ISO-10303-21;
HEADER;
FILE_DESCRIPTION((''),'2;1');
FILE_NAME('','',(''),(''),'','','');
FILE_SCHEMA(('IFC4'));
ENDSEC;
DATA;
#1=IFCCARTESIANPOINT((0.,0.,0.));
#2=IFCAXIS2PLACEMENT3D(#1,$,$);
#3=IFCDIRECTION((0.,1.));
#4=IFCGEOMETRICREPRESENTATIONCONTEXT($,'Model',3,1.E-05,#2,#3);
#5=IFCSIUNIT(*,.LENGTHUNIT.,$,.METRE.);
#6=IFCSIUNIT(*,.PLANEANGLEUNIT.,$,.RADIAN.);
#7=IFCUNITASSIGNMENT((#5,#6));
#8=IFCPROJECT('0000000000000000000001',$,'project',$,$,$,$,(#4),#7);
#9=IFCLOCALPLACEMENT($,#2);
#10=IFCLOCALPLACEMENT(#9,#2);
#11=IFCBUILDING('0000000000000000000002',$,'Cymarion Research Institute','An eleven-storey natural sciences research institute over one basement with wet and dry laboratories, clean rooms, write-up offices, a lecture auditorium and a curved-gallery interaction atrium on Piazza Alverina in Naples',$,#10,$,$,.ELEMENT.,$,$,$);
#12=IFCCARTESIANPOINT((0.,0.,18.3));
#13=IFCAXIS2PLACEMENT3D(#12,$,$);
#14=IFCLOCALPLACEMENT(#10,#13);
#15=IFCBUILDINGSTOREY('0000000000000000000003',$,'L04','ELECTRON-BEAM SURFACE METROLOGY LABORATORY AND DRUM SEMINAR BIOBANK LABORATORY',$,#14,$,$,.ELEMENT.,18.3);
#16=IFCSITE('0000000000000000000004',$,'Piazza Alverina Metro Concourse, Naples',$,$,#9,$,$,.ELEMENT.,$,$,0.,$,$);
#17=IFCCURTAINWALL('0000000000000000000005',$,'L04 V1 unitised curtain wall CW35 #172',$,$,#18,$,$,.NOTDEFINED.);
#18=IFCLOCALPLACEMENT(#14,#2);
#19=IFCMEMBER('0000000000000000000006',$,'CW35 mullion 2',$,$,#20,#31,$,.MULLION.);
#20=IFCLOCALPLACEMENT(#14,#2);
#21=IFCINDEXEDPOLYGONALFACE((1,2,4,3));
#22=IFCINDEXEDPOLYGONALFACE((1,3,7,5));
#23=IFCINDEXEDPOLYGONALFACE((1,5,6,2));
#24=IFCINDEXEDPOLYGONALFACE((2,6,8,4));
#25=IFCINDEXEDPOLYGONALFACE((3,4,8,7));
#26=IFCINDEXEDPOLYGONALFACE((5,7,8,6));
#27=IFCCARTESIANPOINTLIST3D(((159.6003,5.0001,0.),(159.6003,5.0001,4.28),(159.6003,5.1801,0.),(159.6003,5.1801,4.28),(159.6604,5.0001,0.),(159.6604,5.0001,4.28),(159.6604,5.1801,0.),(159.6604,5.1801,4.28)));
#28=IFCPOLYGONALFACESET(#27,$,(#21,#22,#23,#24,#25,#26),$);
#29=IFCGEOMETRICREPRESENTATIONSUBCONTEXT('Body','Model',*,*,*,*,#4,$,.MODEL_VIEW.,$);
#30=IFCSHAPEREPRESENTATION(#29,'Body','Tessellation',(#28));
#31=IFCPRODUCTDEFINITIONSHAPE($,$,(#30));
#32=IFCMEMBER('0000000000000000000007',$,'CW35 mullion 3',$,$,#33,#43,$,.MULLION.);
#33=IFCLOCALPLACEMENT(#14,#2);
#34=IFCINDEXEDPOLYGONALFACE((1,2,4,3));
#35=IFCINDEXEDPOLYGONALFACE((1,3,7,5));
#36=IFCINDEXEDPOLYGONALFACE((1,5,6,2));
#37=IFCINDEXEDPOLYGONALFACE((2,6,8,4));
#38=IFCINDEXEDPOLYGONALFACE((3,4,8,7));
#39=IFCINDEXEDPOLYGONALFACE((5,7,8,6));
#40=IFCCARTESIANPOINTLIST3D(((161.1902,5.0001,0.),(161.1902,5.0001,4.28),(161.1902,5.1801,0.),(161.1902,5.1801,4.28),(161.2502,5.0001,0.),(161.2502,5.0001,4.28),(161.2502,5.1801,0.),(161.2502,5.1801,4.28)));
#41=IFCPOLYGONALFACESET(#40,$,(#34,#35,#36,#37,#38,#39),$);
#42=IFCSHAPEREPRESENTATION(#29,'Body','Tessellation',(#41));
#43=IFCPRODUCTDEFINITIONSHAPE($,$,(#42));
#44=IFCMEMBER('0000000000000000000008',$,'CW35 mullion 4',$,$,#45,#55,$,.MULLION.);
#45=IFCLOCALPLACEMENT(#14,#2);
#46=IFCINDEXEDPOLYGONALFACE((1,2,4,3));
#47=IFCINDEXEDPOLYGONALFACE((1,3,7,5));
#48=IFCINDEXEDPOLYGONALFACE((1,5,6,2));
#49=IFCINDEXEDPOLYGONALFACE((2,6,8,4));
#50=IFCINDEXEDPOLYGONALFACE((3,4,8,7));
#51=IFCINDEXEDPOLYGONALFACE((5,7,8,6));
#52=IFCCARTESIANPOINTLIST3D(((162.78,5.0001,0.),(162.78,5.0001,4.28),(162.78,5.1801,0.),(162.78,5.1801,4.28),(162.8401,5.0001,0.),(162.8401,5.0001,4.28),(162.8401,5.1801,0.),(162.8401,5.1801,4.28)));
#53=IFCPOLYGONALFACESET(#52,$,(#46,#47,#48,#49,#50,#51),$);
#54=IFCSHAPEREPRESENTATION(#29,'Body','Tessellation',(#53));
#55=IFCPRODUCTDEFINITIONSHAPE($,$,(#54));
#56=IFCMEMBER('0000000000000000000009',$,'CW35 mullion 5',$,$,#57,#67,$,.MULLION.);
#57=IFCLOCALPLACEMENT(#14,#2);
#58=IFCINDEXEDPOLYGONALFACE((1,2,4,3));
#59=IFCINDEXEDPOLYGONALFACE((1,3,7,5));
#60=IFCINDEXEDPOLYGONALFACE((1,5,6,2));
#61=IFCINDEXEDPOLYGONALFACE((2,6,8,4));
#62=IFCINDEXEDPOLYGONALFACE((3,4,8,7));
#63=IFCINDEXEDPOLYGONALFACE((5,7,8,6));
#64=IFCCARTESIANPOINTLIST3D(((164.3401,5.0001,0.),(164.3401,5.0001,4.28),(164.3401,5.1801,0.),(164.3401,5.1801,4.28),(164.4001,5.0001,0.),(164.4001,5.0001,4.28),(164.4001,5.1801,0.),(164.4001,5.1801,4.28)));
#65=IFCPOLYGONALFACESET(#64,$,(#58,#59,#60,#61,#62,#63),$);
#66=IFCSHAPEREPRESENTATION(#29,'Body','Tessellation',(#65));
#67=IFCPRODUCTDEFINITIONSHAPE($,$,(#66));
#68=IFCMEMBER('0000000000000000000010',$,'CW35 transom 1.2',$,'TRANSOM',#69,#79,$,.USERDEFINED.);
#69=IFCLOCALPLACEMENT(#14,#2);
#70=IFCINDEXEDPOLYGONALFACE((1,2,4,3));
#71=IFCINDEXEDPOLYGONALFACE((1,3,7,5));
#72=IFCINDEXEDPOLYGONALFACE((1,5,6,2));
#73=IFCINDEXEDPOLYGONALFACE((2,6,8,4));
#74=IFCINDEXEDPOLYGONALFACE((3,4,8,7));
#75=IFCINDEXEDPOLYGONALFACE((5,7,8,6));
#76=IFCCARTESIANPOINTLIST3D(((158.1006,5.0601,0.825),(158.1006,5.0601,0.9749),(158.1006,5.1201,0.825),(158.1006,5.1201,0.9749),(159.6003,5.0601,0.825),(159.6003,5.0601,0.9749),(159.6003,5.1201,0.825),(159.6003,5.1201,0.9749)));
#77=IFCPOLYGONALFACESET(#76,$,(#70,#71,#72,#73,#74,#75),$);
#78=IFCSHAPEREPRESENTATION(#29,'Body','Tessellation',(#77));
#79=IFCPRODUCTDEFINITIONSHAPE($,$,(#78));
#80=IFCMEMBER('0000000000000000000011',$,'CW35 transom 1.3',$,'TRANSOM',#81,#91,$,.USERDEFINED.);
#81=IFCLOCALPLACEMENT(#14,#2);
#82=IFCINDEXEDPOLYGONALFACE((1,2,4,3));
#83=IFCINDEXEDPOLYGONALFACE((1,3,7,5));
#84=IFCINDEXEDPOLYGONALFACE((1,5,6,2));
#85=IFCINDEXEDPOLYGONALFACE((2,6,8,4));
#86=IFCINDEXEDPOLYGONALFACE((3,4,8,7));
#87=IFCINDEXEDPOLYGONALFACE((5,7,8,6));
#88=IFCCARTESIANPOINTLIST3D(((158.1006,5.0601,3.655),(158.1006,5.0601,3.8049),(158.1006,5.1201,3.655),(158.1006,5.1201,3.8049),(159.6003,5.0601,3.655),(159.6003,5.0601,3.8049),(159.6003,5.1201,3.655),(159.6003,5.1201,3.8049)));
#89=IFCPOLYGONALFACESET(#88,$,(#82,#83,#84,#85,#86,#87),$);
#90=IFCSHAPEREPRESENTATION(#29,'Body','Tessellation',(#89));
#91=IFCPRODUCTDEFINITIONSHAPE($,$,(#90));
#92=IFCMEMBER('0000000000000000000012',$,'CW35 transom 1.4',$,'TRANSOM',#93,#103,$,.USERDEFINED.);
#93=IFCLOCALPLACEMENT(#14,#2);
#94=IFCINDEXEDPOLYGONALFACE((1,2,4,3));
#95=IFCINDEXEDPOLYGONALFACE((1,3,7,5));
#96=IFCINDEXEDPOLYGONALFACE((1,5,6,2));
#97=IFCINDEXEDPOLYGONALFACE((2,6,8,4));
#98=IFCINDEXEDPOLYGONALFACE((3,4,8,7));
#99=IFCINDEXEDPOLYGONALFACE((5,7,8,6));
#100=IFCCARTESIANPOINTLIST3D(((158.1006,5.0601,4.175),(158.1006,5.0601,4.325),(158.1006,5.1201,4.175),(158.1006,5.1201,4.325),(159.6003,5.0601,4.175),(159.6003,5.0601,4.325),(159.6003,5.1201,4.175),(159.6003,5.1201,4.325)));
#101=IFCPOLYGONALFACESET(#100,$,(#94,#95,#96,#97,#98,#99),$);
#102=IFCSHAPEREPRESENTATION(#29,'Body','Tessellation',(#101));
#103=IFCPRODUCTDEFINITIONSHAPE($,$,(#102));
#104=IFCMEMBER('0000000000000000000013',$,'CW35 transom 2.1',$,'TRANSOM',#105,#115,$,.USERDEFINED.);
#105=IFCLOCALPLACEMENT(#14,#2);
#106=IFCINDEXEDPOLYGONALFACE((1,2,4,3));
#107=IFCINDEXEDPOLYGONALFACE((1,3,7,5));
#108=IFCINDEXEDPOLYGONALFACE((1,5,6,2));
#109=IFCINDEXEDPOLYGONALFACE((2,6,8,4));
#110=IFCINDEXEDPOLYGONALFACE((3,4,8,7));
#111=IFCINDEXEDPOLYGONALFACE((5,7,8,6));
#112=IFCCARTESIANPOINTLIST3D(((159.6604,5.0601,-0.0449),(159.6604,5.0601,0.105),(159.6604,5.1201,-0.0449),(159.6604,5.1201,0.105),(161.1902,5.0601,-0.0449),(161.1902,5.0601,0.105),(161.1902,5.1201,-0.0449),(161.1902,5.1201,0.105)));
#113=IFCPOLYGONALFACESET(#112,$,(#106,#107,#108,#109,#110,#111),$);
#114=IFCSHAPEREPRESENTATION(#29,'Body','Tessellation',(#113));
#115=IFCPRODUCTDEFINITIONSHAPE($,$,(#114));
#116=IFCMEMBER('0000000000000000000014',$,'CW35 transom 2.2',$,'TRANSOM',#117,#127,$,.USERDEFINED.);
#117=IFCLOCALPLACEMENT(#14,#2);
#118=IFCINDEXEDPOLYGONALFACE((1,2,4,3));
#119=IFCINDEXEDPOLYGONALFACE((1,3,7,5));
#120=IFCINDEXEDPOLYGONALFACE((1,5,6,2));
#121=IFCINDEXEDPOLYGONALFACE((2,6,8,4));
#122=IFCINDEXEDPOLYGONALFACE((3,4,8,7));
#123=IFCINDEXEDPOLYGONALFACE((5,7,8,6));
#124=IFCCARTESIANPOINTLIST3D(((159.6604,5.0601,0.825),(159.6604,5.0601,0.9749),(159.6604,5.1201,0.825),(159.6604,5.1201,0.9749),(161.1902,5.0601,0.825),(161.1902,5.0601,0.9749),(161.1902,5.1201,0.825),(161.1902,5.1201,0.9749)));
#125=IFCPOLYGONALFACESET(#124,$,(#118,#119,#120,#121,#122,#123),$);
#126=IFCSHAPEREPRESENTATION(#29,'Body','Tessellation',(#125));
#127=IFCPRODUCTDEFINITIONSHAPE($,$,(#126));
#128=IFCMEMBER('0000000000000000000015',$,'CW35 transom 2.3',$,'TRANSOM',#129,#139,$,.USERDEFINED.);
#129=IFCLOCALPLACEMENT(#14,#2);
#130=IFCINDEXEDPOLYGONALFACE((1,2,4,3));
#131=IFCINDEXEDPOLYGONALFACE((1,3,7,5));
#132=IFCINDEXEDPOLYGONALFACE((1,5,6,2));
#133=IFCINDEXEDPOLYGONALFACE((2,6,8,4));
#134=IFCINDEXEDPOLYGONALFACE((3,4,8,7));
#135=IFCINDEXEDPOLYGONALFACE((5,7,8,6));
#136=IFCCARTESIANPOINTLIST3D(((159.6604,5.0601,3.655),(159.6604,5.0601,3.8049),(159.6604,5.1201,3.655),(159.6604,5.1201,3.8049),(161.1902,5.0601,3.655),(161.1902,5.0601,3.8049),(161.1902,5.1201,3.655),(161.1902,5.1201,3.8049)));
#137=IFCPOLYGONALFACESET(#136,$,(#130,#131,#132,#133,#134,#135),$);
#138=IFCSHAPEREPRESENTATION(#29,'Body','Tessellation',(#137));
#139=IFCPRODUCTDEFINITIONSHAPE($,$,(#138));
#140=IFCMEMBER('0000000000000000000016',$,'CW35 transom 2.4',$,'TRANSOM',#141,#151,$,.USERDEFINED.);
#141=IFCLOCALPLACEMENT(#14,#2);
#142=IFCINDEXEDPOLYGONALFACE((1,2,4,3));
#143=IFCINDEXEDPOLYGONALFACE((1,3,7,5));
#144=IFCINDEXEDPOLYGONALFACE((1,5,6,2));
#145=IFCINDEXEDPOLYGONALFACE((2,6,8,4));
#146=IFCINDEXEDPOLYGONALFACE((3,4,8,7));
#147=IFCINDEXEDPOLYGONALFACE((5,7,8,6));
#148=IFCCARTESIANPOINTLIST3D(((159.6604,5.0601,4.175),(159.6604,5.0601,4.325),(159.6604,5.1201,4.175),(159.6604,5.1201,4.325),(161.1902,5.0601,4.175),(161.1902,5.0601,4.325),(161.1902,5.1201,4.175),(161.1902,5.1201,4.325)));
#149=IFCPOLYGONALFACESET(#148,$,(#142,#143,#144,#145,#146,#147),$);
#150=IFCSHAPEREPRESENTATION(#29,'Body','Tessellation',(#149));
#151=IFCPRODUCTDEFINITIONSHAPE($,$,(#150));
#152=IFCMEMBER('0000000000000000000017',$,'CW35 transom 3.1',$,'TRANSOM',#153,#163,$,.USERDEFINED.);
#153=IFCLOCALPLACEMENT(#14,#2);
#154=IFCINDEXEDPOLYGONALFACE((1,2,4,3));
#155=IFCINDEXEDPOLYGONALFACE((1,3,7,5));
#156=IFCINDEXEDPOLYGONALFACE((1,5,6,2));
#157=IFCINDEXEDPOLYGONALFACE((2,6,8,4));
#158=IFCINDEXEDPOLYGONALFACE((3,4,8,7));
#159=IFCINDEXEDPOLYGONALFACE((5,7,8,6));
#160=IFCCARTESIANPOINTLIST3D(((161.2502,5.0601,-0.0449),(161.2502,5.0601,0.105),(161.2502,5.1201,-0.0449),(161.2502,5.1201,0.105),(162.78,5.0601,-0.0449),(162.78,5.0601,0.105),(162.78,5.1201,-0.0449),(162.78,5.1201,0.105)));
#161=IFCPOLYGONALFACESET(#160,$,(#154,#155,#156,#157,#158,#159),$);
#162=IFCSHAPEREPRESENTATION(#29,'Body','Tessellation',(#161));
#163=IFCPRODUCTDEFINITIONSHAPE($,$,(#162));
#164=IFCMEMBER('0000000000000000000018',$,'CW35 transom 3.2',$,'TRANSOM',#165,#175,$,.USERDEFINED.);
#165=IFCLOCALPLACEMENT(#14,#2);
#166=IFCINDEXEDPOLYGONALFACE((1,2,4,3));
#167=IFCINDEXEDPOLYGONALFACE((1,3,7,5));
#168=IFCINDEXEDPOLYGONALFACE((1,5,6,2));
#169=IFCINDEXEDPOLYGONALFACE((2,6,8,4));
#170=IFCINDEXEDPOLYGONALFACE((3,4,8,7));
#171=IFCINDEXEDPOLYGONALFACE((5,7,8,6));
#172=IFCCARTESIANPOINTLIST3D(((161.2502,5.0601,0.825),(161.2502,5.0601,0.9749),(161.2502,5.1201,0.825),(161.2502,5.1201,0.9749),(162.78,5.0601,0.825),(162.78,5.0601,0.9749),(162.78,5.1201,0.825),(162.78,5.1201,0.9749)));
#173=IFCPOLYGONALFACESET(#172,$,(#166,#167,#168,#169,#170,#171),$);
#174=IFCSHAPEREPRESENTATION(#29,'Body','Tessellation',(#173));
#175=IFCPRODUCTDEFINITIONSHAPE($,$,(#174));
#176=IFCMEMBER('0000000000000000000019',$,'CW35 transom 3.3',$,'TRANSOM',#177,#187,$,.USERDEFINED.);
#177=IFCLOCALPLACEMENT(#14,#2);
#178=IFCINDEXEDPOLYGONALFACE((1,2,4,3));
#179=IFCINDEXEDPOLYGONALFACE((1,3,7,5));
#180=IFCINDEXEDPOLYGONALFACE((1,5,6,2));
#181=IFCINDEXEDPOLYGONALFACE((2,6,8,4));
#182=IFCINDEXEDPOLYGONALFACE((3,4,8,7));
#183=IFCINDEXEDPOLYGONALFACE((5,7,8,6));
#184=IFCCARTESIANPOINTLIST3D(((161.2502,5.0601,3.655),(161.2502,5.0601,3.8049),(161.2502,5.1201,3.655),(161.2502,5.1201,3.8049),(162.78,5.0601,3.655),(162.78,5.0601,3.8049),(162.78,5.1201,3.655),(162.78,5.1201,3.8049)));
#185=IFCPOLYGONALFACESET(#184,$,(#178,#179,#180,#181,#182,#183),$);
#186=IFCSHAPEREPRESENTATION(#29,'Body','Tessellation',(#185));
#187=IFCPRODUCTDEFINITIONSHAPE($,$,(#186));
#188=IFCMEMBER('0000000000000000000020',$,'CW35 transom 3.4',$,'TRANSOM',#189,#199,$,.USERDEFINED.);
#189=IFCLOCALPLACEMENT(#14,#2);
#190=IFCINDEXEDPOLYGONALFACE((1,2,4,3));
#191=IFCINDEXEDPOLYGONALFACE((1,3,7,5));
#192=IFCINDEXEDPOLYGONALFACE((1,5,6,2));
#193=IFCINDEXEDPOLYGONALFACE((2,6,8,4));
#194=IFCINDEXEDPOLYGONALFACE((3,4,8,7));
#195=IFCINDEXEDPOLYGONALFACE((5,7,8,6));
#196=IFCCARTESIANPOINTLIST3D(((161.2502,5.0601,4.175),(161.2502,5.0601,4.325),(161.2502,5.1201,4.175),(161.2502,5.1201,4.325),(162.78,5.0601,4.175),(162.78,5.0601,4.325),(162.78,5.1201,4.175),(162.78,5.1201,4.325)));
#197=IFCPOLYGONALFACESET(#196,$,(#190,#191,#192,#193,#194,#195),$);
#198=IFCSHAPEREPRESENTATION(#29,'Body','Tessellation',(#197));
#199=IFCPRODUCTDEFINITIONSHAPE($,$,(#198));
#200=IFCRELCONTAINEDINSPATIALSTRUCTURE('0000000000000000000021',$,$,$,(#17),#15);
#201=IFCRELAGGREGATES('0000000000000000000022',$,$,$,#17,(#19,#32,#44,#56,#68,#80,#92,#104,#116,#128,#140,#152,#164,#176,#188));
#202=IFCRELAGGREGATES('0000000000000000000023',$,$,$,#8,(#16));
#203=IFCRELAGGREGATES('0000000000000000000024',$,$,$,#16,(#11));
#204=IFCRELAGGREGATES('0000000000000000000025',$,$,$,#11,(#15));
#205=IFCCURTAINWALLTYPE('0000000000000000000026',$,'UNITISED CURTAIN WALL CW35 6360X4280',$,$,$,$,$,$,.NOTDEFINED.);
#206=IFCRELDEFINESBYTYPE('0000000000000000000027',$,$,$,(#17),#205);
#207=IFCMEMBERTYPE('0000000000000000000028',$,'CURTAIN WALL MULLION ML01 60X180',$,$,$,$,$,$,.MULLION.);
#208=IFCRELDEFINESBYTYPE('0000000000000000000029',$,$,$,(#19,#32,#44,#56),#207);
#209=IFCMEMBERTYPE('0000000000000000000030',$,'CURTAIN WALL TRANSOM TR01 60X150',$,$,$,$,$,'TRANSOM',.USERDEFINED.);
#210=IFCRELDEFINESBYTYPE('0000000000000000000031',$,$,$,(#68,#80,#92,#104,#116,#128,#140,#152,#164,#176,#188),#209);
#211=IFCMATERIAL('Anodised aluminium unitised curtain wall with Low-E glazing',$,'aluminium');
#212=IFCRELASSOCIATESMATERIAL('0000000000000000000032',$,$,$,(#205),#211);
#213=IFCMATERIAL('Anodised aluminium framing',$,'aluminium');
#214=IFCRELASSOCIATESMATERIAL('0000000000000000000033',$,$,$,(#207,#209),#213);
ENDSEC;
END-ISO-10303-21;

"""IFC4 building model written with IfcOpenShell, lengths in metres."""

from ifc_helpers import new_model, si_unit, direction, frame, origin, origin_2d, place, context, subcontext, project, spatial, rectangle, extrude, material, material_profile, profile_set, type_object, element, aggregate, save


model = new_model("IFC4")

# Units and contexts
model_context = context("Model", 3, precision=1e-05, world=origin(), true_north=direction((0.0, 1.0)))
body_context = subcontext(model_context, "Body", "Model", "MODEL_VIEW")
ifc_project = project(units=[si_unit("LENGTHUNIT", "METRE"), si_unit("PLANEANGLEUNIT", "RADIAN")], contexts=[model_context])

# Site, building, storey
site_placement = place(None, origin())
site = spatial("IfcSite", under=ifc_project, at=site_placement, Name="Piazza Alverina Metro Concourse, Naples", CompositionType="ELEMENT", RefElevation=0.0)
building_placement = place(site_placement, origin())
building = spatial("IfcBuilding", under=site, at=building_placement, Name="Cymarion Research Institute", Description="An eleven-storey natural sciences research institute over one basement with wet and dry laboratories, clean rooms, write-up offices, a lecture auditorium and a curved-gallery interaction atrium on Piazza Alverina in Naples", CompositionType="ELEMENT")
storey_placement = place(building_placement, frame((0.0, 0.0, 18.3)))
storey = spatial("IfcBuildingStorey", under=building, at=storey_placement, Name="L04", Description="ELECTRON-BEAM SURFACE METROLOGY LABORATORY AND DRUM SEMINAR BIOBANK LABORATORY", CompositionType="ELEMENT", Elevation=18.3)

# Curtain wall, members
ifc_material_1 = material(Name="Anodised aluminium unitised curtain wall with Low-E glazing", Category="aluminium")
curtain_wall_type = type_object("IfcCurtainWallType", Name="UNITISED CURTAIN WALL CW35 6360X4280", PredefinedType="NOTDEFINED", material=ifc_material_1)
curtain_wall_placement = place(storey_placement, origin())
curtain_wall = element("IfcCurtainWall", 1, at=curtain_wall_placement, inside=storey, type_object=curtain_wall_type, Name="L04 V1 unitised curtain wall CW35 #172", PredefinedType="NOTDEFINED")
ifc_material_2 = material(Name="Anodised aluminium framing", Category="aluminium")
ifc_material_profile_1 = material_profile(ifc_material_2, rectangle(XDim=0.0601, YDim=0.1799, at=origin_2d()), Name="ALU MULLION 60x180")
ifc_profile_set_1 = profile_set([ifc_material_profile_1], Name="Anodised aluminium framing")
member_type_1 = type_object("IfcMemberType", Name="CURTAIN WALL MULLION ML01 60X180", PredefinedType="MULLION", material=ifc_profile_set_1)
member_1_placement = place(storey_placement, frame((159.6304, 5.0901, 0.0), z_axis=(0.0, 0.0, 1.0), x_axis=(1.0, 0.0, 0.0)))
member_1 = element("IfcMember", 2, at=member_1_placement, type_object=member_type_1, Name="CW35 mullion 2", PredefinedType="MULLION", context=body_context, shape_type="SweptSolid", body=[
    extrude(rectangle(XDim=0.0601, YDim=0.1799, at=origin_2d()), origin(), (0.0, 0.0, 1.0), 4.28),
])
member_2_placement = place(storey_placement, frame((161.2202, 5.0901, 0.0), z_axis=(0.0, 0.0, 1.0), x_axis=(1.0, 0.0, 0.0)))
member_2 = element("IfcMember", 3, at=member_2_placement, type_object=member_type_1, Name="CW35 mullion 3", PredefinedType="MULLION", context=body_context, shape_type="SweptSolid", body=[
    extrude(rectangle(XDim=0.0601, YDim=0.1799, at=origin_2d()), origin(), (0.0, 0.0, 1.0), 4.28),
])
member_3_placement = place(storey_placement, frame((162.8101, 5.0901, 0.0), z_axis=(0.0, 0.0, 1.0), x_axis=(1.0, 0.0, 0.0)))
member_3 = element("IfcMember", 4, at=member_3_placement, type_object=member_type_1, Name="CW35 mullion 4", PredefinedType="MULLION", context=body_context, shape_type="SweptSolid", body=[
    extrude(rectangle(XDim=0.0601, YDim=0.1799, at=origin_2d()), origin(), (0.0, 0.0, 1.0), 4.28),
])
member_4_placement = place(storey_placement, frame((164.3701, 5.0901, 0.0), z_axis=(0.0, 0.0, 1.0), x_axis=(1.0, 0.0, 0.0)))
member_4 = element("IfcMember", 5, at=member_4_placement, type_object=member_type_1, Name="CW35 mullion 5", PredefinedType="MULLION", context=body_context, shape_type="SweptSolid", body=[
    extrude(rectangle(XDim=0.0601, YDim=0.1799, at=origin_2d()), origin(), (0.0, 0.0, 1.0), 4.28),
])
ifc_material_profile_2 = material_profile(ifc_material_2, rectangle(XDim=0.0601, YDim=0.1499, at=origin_2d()), Name="ALU TRANSOM 60x150")
ifc_profile_set_2 = profile_set([ifc_material_profile_2], Name="Anodised aluminium framing")
member_type_2 = type_object("IfcMemberType", Name="CURTAIN WALL TRANSOM TR01 60X150", ElementType="TRANSOM", PredefinedType="USERDEFINED", material=ifc_profile_set_2)
member_5_placement = place(storey_placement, frame((158.1006, 5.0901, 0.8999), z_axis=(1.0, 0.0, 0.0), x_axis=(0.0, 1.0, 0.0)))
member_5 = element("IfcMember", 6, at=member_5_placement, type_object=member_type_2, Name="CW35 transom 1.2", ObjectType="TRANSOM", PredefinedType="USERDEFINED", context=body_context, shape_type="SweptSolid", body=[
    extrude(rectangle(XDim=0.0601, YDim=0.1499, at=origin_2d()), origin(), (0.0, 0.0, 1.0), 1.4998),
])
member_6_placement = place(storey_placement, frame((158.1006, 5.0901, 3.73), z_axis=(1.0, 0.0, 0.0), x_axis=(0.0, 1.0, 0.0)))
member_6 = element("IfcMember", 7, at=member_6_placement, type_object=member_type_2, Name="CW35 transom 1.3", ObjectType="TRANSOM", PredefinedType="USERDEFINED", context=body_context, shape_type="SweptSolid", body=[
    extrude(rectangle(XDim=0.0601, YDim=0.1499, at=origin_2d()), origin(), (0.0, 0.0, 1.0), 1.4998),
])
member_7_placement = place(storey_placement, frame((158.1006, 5.0901, 4.25), z_axis=(1.0, 0.0, 0.0), x_axis=(0.0, 1.0, 0.0)))
member_7 = element("IfcMember", 8, at=member_7_placement, type_object=member_type_2, Name="CW35 transom 1.4", ObjectType="TRANSOM", PredefinedType="USERDEFINED", context=body_context, shape_type="SweptSolid", body=[
    extrude(rectangle(XDim=0.0601, YDim=0.1499, at=origin_2d()), origin(), (0.0, 0.0, 1.0), 1.4998),
])
member_8_placement = place(storey_placement, frame((159.6604, 5.0901, 0.03), z_axis=(1.0, 0.0, 0.0), x_axis=(0.0, 1.0, 0.0)))
member_8 = element("IfcMember", 9, at=member_8_placement, type_object=member_type_2, Name="CW35 transom 2.1", ObjectType="TRANSOM", PredefinedType="USERDEFINED", context=body_context, shape_type="SweptSolid", body=[
    extrude(rectangle(XDim=0.0601, YDim=0.1499, at=origin_2d()), origin(), (0.0, 0.0, 1.0), 1.5298),
])
member_9_placement = place(storey_placement, frame((159.6604, 5.0901, 0.8999), z_axis=(1.0, 0.0, 0.0), x_axis=(0.0, 1.0, 0.0)))
member_9 = element("IfcMember", 10, at=member_9_placement, type_object=member_type_2, Name="CW35 transom 2.2", ObjectType="TRANSOM", PredefinedType="USERDEFINED", context=body_context, shape_type="SweptSolid", body=[
    extrude(rectangle(XDim=0.0601, YDim=0.1499, at=origin_2d()), origin(), (0.0, 0.0, 1.0), 1.5298),
])
member_10_placement = place(storey_placement, frame((159.6604, 5.0901, 3.73), z_axis=(1.0, 0.0, 0.0), x_axis=(0.0, 1.0, 0.0)))
member_10 = element("IfcMember", 11, at=member_10_placement, type_object=member_type_2, Name="CW35 transom 2.3", ObjectType="TRANSOM", PredefinedType="USERDEFINED", context=body_context, shape_type="SweptSolid", body=[
    extrude(rectangle(XDim=0.0601, YDim=0.1499, at=origin_2d()), origin(), (0.0, 0.0, 1.0), 1.5298),
])
member_11_placement = place(storey_placement, frame((159.6604, 5.0901, 4.25), z_axis=(1.0, 0.0, 0.0), x_axis=(0.0, 1.0, 0.0)))
member_11 = element("IfcMember", 12, at=member_11_placement, type_object=member_type_2, Name="CW35 transom 2.4", ObjectType="TRANSOM", PredefinedType="USERDEFINED", context=body_context, shape_type="SweptSolid", body=[
    extrude(rectangle(XDim=0.0601, YDim=0.1499, at=origin_2d()), origin(), (0.0, 0.0, 1.0), 1.5298),
])
member_12_placement = place(storey_placement, frame((161.2502, 5.0901, 0.03), z_axis=(1.0, 0.0, 0.0), x_axis=(0.0, 1.0, 0.0)))
member_12 = element("IfcMember", 13, at=member_12_placement, type_object=member_type_2, Name="CW35 transom 3.1", ObjectType="TRANSOM", PredefinedType="USERDEFINED", context=body_context, shape_type="SweptSolid", body=[
    extrude(rectangle(XDim=0.0601, YDim=0.1499, at=origin_2d()), origin(), (0.0, 0.0, 1.0), 1.5298),
])
member_13_placement = place(storey_placement, frame((161.2502, 5.0901, 0.8999), z_axis=(1.0, 0.0, 0.0), x_axis=(0.0, 1.0, 0.0)))
member_13 = element("IfcMember", 14, at=member_13_placement, type_object=member_type_2, Name="CW35 transom 3.2", ObjectType="TRANSOM", PredefinedType="USERDEFINED", context=body_context, shape_type="SweptSolid", body=[
    extrude(rectangle(XDim=0.0601, YDim=0.1499, at=origin_2d()), origin(), (0.0, 0.0, 1.0), 1.5298),
])
member_14_placement = place(storey_placement, frame((161.2502, 5.0901, 3.73), z_axis=(1.0, 0.0, 0.0), x_axis=(0.0, 1.0, 0.0)))
member_14 = element("IfcMember", 15, at=member_14_placement, type_object=member_type_2, Name="CW35 transom 3.3", ObjectType="TRANSOM", PredefinedType="USERDEFINED", context=body_context, shape_type="SweptSolid", body=[
    extrude(rectangle(XDim=0.0601, YDim=0.1499, at=origin_2d()), origin(), (0.0, 0.0, 1.0), 1.5298),
])
member_15_placement = place(storey_placement, frame((161.2502, 5.0901, 4.25), z_axis=(1.0, 0.0, 0.0), x_axis=(0.0, 1.0, 0.0)))
member_15 = element("IfcMember", 16, at=member_15_placement, type_object=member_type_2, Name="CW35 transom 3.4", ObjectType="TRANSOM", PredefinedType="USERDEFINED", context=body_context, shape_type="SweptSolid", body=[
    extrude(rectangle(XDim=0.0601, YDim=0.1499, at=origin_2d()), origin(), (0.0, 0.0, 1.0), 1.5298),
])
aggregate(curtain_wall, [member_1, member_2, member_3, member_4, member_5, member_6, member_7, member_8, member_9, member_10, member_11, member_12, member_13, member_14, member_15])

save(model, "model.ifc")
